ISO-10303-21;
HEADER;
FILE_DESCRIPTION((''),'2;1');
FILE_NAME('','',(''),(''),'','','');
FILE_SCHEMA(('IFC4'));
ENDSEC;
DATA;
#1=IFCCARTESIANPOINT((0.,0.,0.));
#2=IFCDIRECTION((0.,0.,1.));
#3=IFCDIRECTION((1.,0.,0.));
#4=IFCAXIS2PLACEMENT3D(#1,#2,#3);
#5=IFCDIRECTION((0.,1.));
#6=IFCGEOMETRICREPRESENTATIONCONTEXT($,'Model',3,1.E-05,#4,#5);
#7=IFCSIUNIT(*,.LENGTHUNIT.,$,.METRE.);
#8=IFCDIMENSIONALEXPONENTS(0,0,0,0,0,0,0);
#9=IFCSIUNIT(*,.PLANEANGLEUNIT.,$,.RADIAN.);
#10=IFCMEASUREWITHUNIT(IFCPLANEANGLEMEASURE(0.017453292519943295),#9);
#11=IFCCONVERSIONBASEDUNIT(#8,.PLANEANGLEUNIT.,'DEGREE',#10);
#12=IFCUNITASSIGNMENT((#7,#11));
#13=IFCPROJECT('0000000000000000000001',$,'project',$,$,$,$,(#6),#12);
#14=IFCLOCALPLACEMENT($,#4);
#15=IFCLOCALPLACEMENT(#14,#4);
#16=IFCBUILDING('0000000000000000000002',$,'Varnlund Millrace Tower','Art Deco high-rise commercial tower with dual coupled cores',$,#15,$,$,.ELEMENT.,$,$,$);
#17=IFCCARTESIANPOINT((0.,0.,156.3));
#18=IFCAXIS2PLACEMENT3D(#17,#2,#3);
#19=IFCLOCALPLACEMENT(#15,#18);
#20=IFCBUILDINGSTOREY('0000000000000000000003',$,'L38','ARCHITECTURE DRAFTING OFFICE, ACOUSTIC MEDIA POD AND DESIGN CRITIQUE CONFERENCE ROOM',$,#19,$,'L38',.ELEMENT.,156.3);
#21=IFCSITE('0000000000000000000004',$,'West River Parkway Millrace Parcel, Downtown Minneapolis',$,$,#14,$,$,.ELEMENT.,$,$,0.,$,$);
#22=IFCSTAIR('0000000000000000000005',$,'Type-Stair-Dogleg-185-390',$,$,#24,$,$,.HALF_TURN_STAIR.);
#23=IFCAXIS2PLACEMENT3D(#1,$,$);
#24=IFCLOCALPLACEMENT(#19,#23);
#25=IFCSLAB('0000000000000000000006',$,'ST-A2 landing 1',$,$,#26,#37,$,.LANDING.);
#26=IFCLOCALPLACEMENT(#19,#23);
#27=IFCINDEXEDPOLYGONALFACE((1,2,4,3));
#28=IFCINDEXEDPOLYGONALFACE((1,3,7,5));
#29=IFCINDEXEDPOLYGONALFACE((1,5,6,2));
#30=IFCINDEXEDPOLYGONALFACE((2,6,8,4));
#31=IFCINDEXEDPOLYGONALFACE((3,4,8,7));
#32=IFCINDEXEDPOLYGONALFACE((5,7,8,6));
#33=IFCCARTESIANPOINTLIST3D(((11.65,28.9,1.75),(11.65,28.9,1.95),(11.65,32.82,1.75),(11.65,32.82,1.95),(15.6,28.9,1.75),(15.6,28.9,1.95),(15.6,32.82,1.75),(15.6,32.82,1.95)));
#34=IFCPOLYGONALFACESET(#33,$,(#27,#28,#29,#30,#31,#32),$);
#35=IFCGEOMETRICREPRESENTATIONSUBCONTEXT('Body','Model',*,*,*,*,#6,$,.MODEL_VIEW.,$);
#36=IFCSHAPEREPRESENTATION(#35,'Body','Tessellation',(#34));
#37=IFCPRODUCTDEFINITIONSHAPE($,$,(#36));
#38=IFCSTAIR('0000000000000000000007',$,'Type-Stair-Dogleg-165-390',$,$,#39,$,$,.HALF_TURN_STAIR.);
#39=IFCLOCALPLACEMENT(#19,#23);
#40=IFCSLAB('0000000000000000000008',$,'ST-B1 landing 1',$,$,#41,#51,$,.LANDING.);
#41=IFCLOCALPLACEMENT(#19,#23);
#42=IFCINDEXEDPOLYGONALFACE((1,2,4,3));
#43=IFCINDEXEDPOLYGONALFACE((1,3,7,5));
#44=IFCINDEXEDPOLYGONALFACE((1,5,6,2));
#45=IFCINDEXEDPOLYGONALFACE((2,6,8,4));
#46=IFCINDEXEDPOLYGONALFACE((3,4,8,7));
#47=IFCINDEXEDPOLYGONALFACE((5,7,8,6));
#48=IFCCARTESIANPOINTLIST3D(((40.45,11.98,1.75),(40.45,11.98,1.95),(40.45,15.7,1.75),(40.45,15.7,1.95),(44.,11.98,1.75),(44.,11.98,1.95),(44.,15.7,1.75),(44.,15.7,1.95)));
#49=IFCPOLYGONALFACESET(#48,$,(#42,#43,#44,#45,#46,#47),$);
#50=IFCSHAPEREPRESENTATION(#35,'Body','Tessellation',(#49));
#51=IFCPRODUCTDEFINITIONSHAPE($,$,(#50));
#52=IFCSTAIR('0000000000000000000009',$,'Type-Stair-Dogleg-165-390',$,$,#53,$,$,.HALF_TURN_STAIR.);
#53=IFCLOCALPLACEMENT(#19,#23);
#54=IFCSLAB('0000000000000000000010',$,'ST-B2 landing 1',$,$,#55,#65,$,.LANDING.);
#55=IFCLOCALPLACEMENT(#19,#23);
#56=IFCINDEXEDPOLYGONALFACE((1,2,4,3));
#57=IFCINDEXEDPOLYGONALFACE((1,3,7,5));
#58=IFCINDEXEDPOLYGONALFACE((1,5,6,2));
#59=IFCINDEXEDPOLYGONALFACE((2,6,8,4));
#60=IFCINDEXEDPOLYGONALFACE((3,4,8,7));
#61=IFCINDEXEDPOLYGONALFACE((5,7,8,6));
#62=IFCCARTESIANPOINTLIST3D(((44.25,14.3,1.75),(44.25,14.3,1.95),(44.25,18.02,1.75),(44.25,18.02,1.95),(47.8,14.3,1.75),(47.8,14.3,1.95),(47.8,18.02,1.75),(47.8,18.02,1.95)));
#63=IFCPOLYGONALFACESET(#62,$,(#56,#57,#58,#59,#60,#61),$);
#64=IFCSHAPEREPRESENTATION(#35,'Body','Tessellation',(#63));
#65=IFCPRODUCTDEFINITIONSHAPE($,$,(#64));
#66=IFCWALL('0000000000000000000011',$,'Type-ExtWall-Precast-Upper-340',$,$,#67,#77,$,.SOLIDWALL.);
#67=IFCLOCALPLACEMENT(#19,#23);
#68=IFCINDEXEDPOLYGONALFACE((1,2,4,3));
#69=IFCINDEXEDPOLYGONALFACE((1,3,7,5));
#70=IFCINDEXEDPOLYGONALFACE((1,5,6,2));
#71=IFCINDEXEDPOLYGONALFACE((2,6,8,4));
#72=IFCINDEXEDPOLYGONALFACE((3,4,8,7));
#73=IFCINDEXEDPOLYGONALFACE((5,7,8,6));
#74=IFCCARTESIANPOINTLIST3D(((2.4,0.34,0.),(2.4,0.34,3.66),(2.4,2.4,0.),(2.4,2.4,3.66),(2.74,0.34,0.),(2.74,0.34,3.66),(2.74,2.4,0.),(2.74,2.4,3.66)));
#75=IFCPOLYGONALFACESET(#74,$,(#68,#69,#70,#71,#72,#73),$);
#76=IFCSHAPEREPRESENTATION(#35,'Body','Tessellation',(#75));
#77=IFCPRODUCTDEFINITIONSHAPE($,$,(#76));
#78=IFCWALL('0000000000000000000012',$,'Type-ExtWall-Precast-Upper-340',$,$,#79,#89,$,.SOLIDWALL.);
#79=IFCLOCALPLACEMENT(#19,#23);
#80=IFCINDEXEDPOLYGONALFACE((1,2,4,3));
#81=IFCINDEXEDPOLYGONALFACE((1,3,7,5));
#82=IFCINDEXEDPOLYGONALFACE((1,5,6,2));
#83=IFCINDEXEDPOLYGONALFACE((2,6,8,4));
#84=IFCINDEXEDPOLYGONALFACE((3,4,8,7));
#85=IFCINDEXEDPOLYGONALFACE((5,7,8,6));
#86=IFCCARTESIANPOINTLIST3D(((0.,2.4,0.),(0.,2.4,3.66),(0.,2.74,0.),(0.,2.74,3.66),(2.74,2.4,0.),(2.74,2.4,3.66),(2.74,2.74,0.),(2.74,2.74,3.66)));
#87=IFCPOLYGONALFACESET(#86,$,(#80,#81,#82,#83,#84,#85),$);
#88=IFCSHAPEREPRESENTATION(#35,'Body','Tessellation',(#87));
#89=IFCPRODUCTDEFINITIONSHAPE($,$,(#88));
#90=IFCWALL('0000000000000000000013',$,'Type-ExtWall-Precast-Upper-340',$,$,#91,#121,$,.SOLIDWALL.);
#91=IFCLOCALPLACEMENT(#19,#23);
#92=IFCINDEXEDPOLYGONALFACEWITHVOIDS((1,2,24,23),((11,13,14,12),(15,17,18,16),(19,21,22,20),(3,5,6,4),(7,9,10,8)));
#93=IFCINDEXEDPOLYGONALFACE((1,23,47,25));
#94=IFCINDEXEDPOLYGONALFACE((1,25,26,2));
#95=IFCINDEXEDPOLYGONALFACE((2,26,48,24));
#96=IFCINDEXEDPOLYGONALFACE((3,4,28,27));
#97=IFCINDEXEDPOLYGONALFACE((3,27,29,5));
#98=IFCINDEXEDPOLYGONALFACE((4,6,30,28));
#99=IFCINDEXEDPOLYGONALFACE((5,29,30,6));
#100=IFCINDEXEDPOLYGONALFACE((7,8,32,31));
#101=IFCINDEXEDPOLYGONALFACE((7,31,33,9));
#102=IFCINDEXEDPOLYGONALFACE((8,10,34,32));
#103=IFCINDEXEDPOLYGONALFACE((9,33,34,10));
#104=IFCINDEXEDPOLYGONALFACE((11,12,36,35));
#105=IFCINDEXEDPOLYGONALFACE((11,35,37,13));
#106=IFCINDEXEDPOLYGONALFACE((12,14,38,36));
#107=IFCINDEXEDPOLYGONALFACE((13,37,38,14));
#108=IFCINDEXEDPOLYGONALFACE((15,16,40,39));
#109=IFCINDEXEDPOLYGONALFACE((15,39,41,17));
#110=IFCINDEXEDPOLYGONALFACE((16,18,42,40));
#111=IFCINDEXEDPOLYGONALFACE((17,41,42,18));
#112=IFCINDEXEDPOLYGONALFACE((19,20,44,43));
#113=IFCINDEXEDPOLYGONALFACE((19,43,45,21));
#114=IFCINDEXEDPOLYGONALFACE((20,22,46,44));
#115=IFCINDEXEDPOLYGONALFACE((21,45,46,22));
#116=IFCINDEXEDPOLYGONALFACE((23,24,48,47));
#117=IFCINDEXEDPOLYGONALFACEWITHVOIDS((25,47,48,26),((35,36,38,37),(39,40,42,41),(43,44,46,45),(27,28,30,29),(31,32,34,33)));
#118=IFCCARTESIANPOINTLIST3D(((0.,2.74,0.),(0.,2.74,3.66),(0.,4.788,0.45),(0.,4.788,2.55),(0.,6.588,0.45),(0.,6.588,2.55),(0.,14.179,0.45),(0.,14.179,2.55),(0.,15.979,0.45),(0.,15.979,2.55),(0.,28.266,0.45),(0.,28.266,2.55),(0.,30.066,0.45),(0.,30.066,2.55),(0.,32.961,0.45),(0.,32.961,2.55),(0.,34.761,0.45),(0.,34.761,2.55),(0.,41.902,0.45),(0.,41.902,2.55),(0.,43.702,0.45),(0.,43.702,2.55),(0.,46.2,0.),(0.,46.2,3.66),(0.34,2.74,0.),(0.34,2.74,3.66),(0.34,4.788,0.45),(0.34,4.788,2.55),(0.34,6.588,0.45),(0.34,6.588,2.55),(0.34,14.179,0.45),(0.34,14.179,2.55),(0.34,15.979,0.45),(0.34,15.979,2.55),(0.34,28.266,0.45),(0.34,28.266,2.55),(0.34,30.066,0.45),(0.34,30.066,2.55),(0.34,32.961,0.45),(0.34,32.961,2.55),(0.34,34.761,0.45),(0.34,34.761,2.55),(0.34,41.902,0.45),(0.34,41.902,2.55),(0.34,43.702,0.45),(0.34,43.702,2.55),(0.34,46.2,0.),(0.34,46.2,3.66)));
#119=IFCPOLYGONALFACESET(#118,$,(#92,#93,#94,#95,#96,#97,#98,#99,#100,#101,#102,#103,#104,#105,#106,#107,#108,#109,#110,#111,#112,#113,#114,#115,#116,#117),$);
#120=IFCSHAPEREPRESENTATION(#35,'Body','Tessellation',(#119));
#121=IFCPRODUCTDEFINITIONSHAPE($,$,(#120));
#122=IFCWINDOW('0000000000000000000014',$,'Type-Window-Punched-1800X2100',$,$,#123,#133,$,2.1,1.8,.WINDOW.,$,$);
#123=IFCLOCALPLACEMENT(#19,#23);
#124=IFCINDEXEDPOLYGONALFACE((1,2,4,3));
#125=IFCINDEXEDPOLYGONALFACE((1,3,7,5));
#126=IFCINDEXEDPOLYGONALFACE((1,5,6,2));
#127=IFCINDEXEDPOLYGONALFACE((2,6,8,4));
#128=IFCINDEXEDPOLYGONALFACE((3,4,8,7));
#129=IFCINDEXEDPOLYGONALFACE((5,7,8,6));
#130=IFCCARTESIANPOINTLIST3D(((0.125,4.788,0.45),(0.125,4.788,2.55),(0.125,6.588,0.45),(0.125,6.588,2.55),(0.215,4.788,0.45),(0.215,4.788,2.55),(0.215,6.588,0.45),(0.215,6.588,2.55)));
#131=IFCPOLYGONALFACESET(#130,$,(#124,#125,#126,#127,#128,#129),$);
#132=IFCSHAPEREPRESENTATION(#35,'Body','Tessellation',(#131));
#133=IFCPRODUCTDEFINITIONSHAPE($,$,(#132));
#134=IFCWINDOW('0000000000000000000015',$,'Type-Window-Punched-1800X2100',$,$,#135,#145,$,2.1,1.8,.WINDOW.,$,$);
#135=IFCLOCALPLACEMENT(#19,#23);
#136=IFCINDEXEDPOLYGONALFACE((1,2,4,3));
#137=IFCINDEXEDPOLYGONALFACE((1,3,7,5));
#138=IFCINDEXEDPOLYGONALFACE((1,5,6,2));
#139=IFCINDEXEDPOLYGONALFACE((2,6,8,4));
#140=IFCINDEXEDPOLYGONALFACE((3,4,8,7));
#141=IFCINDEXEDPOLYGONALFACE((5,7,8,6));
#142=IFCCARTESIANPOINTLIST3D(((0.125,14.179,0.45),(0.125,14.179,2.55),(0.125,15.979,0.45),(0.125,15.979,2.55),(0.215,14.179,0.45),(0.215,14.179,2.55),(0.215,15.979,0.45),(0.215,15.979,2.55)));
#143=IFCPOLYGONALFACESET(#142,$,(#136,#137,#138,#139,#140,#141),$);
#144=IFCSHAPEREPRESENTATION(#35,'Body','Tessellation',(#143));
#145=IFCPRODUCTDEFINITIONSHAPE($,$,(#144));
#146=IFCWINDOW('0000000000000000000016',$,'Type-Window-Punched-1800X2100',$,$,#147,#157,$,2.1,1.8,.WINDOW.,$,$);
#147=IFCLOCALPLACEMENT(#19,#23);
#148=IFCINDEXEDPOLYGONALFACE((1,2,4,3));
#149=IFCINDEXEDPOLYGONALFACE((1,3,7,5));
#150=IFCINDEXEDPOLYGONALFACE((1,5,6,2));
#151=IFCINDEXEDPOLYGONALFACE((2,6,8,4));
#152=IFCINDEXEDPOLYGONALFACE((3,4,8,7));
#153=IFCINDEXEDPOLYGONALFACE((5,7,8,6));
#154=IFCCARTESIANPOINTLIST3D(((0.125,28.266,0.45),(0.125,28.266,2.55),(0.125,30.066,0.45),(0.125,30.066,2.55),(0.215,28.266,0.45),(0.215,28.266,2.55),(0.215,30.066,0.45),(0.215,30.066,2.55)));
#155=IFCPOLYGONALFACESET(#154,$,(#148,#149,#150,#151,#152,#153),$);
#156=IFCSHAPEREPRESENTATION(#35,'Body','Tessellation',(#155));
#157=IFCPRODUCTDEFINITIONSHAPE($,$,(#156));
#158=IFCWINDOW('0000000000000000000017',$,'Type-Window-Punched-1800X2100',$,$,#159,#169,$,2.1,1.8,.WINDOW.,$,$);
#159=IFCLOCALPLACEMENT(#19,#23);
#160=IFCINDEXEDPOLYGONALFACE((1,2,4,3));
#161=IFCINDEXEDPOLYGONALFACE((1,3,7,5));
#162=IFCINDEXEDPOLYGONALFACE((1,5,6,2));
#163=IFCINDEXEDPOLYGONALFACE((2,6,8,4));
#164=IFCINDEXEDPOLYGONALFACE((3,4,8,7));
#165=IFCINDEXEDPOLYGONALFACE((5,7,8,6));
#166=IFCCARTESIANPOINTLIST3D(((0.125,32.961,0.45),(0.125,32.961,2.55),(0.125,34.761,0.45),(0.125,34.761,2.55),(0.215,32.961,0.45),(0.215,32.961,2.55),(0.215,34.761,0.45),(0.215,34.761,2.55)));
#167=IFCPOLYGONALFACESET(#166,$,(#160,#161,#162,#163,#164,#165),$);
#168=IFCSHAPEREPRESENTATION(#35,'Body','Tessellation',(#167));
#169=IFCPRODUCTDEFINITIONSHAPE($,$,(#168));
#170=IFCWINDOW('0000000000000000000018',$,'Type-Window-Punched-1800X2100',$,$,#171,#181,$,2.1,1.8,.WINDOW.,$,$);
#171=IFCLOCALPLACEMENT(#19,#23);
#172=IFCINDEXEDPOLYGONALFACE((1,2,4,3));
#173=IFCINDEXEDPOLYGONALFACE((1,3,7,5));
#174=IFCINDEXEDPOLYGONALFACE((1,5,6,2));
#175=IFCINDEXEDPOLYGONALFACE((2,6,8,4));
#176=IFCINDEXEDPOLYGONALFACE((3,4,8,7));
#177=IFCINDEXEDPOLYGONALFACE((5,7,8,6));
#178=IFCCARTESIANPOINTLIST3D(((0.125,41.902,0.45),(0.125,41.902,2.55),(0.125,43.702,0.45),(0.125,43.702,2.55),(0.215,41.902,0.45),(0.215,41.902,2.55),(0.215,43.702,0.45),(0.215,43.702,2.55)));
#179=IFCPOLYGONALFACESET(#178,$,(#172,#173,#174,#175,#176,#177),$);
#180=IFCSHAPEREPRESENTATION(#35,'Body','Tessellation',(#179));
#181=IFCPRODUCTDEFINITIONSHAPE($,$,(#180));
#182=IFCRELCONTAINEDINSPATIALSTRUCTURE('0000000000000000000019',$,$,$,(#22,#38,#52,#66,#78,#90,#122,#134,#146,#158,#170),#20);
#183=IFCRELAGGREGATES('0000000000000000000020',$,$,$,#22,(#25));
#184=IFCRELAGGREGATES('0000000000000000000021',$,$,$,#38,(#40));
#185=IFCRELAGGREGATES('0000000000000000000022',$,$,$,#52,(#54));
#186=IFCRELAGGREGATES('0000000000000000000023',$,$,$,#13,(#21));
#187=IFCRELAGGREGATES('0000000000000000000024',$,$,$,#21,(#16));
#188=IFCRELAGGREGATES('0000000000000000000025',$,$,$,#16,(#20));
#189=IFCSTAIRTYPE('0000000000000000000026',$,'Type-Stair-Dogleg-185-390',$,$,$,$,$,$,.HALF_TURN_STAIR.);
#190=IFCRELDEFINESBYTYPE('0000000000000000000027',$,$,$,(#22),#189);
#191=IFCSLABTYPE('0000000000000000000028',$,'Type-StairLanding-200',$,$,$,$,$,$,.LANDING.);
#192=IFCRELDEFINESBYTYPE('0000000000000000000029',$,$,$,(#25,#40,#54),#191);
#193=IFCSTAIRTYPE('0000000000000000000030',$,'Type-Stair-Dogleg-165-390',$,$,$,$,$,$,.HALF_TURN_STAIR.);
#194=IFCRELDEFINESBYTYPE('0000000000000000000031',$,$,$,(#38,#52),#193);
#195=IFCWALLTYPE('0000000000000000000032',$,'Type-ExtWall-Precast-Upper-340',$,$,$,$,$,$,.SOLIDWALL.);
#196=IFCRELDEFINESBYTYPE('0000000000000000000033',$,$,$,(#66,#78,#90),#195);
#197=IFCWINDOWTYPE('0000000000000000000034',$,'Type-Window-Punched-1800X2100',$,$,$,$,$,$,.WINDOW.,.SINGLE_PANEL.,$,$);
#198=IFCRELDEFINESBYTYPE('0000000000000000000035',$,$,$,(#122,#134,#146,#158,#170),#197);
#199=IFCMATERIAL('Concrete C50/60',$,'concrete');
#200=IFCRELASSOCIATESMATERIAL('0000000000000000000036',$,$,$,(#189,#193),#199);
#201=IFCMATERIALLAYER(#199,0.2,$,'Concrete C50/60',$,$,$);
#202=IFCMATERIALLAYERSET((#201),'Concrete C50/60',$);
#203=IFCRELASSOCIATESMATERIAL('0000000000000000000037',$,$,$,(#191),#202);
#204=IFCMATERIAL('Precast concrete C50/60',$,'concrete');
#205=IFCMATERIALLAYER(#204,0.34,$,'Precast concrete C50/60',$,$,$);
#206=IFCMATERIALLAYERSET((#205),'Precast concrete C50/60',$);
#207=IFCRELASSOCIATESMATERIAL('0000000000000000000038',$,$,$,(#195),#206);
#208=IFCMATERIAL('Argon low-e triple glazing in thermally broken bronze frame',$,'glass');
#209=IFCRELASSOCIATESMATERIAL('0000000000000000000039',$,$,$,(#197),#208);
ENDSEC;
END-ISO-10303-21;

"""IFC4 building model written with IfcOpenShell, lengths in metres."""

from ifc_helpers import new_model, entity, si_unit, converted_unit, direction, frame, origin_with_axes, origin_2d_with_axis, place, context, subcontext, project, spatial, polyline, rectangle, outline, extrude, material, layer, layer_set, type_object, element, fill, aggregate, save


model = new_model("IFC4")

# Units and contexts
model_context = context("Model", 3, precision=1e-05, world=origin_with_axes(), true_north=direction((0.0, 1.0)))
body_context = subcontext(model_context, "Body", "Model", "MODEL_VIEW")
ifc_project = project(units=[si_unit("LENGTHUNIT", "METRE"), converted_unit("PLANEANGLEUNIT", "DEGREE", entity("IfcPlaneAngleMeasure", 0.017453292519943295), si_unit("PLANEANGLEUNIT", "RADIAN"), dimensions=[0, 0, 0, 0, 0, 0, 0])], contexts=[model_context])

# Site, building, storey
site_placement = place(None, origin_with_axes())
site = spatial("IfcSite", under=ifc_project, at=site_placement, Name="West River Parkway Millrace Parcel, Downtown Minneapolis", CompositionType="ELEMENT", RefElevation=0.0)
building_placement = place(site_placement, origin_with_axes())
building = spatial("IfcBuilding", under=site, at=building_placement, Name="Varnlund Millrace Tower", Description="Art Deco high-rise commercial tower with dual coupled cores", CompositionType="ELEMENT")
storey_placement = place(building_placement, frame((0.0, 0.0, 156.3), z_axis=(0.0, 0.0, 1.0), x_axis=(1.0, 0.0, 0.0)))
storey = spatial("IfcBuildingStorey", under=building, at=storey_placement, Name="L38", Description="ARCHITECTURE DRAFTING OFFICE, ACOUSTIC MEDIA POD AND DESIGN CRITIQUE CONFERENCE ROOM", LongName="L38", CompositionType="ELEMENT", Elevation=156.3)

# Stairs, slabs
ifc_material_1 = material(Name="Concrete C50/60", Category="concrete")
stair_type_1 = type_object("IfcStairType", Name="Type-Stair-Dogleg-185-390", PredefinedType="HALF_TURN_STAIR", material=ifc_material_1)
ifc_layer_1 = layer(ifc_material_1, 0.2, Name="Concrete C50/60")
ifc_layer_set_1 = layer_set([ifc_layer_1], Name="Concrete C50/60")
slab_type = type_object("IfcSlabType", Name="Type-StairLanding-200", PredefinedType="LANDING", material=ifc_layer_set_1)
stair_1_placement = place(storey_placement, origin_with_axes())
stair_1 = element("IfcStair", 1, at=stair_1_placement, inside=storey, type_object=stair_type_1, Name="Type-Stair-Dogleg-185-390", PredefinedType="HALF_TURN_STAIR")
slab_1_placement = place(storey_placement, frame((0.0, 0.0, 1.75), z_axis=(0.0, 0.0, 1.0), x_axis=(1.0, 0.0, 0.0)))
slab_1 = element("IfcSlab", 2, at=slab_1_placement, type_object=slab_type, Name="ST-A2 landing 1", PredefinedType="LANDING", context=body_context, shape_type="SweptSolid", body=[
    extrude(outline(polyline([(11.65, 32.82), (11.65, 28.9), (15.6, 28.9), (15.6, 32.82), (11.65, 32.82)])), origin_with_axes(), (0.0, 0.0, 1.0), 0.2),
])
aggregate(stair_1, [slab_1])
stair_type_2 = type_object("IfcStairType", Name="Type-Stair-Dogleg-165-390", PredefinedType="HALF_TURN_STAIR", material=ifc_material_1)
stair_2_placement = place(storey_placement, origin_with_axes())
stair_2 = element("IfcStair", 3, at=stair_2_placement, inside=storey, type_object=stair_type_2, Name="Type-Stair-Dogleg-165-390", PredefinedType="HALF_TURN_STAIR")
slab_2_placement = place(storey_placement, frame((0.0, 0.0, 1.75), z_axis=(0.0, 0.0, 1.0), x_axis=(1.0, 0.0, 0.0)))
slab_2 = element("IfcSlab", 4, at=slab_2_placement, type_object=slab_type, Name="ST-B1 landing 1", PredefinedType="LANDING", context=body_context, shape_type="SweptSolid", body=[
    extrude(outline(polyline([(44.0, 11.98), (44.0, 15.7), (40.45, 15.7), (40.45, 11.98), (44.0, 11.98)])), origin_with_axes(), (0.0, 0.0, 1.0), 0.2),
])
aggregate(stair_2, [slab_2])
stair_3_placement = place(storey_placement, origin_with_axes())
stair_3 = element("IfcStair", 5, at=stair_3_placement, inside=storey, type_object=stair_type_2, Name="Type-Stair-Dogleg-165-390", PredefinedType="HALF_TURN_STAIR")
slab_3_placement = place(storey_placement, frame((0.0, 0.0, 1.75), z_axis=(0.0, 0.0, 1.0), x_axis=(1.0, 0.0, 0.0)))
slab_3 = element("IfcSlab", 6, at=slab_3_placement, type_object=slab_type, Name="ST-B2 landing 1", PredefinedType="LANDING", context=body_context, shape_type="SweptSolid", body=[
    extrude(outline(polyline([(44.25, 18.02), (44.25, 14.3), (47.8, 14.3), (47.8, 18.02), (44.25, 18.02)])), origin_with_axes(), (0.0, 0.0, 1.0), 0.2),
])
aggregate(stair_3, [slab_3])

# Walls
ifc_material_2 = material(Name="Precast concrete C50/60", Category="concrete")
ifc_layer_2 = layer(ifc_material_2, 0.34, Name="Precast concrete C50/60")
ifc_layer_set_2 = layer_set([ifc_layer_2], Name="Precast concrete C50/60")
wall_type = type_object("IfcWallType", Name="Type-ExtWall-Precast-Upper-340", PredefinedType="SOLIDWALL", material=ifc_layer_set_2)
wall_1_placement = place(storey_placement, frame((2.57, 0.34, 0.0), z_axis=(0.0, 0.0, 1.0), x_axis=(0.0, 1.0, 0.0)))
element("IfcWall", 7, at=wall_1_placement, inside=storey, type_object=wall_type, Name="Type-ExtWall-Precast-Upper-340", PredefinedType="SOLIDWALL", context=body_context, shape_type="SweptSolid", body=[
    extrude(outline(polyline([(0.0, -0.17), (2.06, -0.17), (2.06, 0.17), (0.0, 0.17), (0.0, -0.17)])), origin_with_axes(), (0.0, 0.0, 1.0), 3.66),
])
wall_2_placement = place(storey_placement, frame((2.74, 2.57, 0.0), z_axis=(0.0, 0.0, 1.0), x_axis=(-1.0, 0.0, 0.0)))
element("IfcWall", 8, at=wall_2_placement, inside=storey, type_object=wall_type, Name="Type-ExtWall-Precast-Upper-340", PredefinedType="SOLIDWALL", context=body_context, shape_type="SweptSolid", body=[
    extrude(outline(polyline([(0.0, -0.17), (2.74, -0.17), (2.74, 0.17), (0.0, 0.17), (0.0, -0.17)])), origin_with_axes(), (0.0, 0.0, 1.0), 3.66),
])

# Wall, openings, windows
wall_3_placement = place(storey_placement, frame((0.17, 2.74, 0.0), z_axis=(0.0, 0.0, 1.0), x_axis=(0.0, 1.0, 0.0)))
wall_3 = element("IfcWall", 9, at=wall_3_placement, inside=storey, type_object=wall_type, Name="Type-ExtWall-Precast-Upper-340", PredefinedType="SOLIDWALL", context=body_context, shape_type="SweptSolid", body=[
    extrude(outline(polyline([(0.0, -0.17), (43.46, -0.17), (43.46, 0.17), (0.0, 0.17), (0.0, -0.17)])), origin_with_axes(), (0.0, 0.0, 1.0), 3.66),
])
opening_1_placement = place(wall_3_placement, frame((2.948, 0.0, 0.45), z_axis=(0.0, 0.0, 1.0), x_axis=(1.0, 0.0, 0.0)))
opening_1 = element("IfcOpeningElement", 10, at=opening_1_placement, cuts=wall_3, PredefinedType="OPENING", context=body_context, shape_type="SweptSolid", body=[
    extrude(rectangle(XDim=1.8, YDim=0.36, at=origin_2d_with_axis()), origin_with_axes(), (0.0, 0.0, 1.0), 2.1),
])
opening_2_placement = place(wall_3_placement, frame((12.339, 0.0, 0.45), z_axis=(0.0, 0.0, 1.0), x_axis=(1.0, 0.0, 0.0)))
opening_2 = element("IfcOpeningElement", 11, at=opening_2_placement, cuts=wall_3, PredefinedType="OPENING", context=body_context, shape_type="SweptSolid", body=[
    extrude(rectangle(XDim=1.8, YDim=0.36, at=origin_2d_with_axis()), origin_with_axes(), (0.0, 0.0, 1.0), 2.1),
])
opening_3_placement = place(wall_3_placement, frame((26.426, 0.0, 0.45), z_axis=(0.0, 0.0, 1.0), x_axis=(1.0, 0.0, 0.0)))
opening_3 = element("IfcOpeningElement", 12, at=opening_3_placement, cuts=wall_3, PredefinedType="OPENING", context=body_context, shape_type="SweptSolid", body=[
    extrude(rectangle(XDim=1.8, YDim=0.36, at=origin_2d_with_axis()), origin_with_axes(), (0.0, 0.0, 1.0), 2.1),
])
opening_4_placement = place(wall_3_placement, frame((31.121, 0.0, 0.45), z_axis=(0.0, 0.0, 1.0), x_axis=(1.0, 0.0, 0.0)))
opening_4 = element("IfcOpeningElement", 13, at=opening_4_placement, cuts=wall_3, PredefinedType="OPENING", context=body_context, shape_type="SweptSolid", body=[
    extrude(rectangle(XDim=1.8, YDim=0.36, at=origin_2d_with_axis()), origin_with_axes(), (0.0, 0.0, 1.0), 2.1),
])
opening_5_placement = place(wall_3_placement, frame((40.062, 0.0, 0.45), z_axis=(0.0, 0.0, 1.0), x_axis=(1.0, 0.0, 0.0)))
opening_5 = element("IfcOpeningElement", 14, at=opening_5_placement, cuts=wall_3, PredefinedType="OPENING", context=body_context, shape_type="SweptSolid", body=[
    extrude(rectangle(XDim=1.8, YDim=0.36, at=origin_2d_with_axis()), origin_with_axes(), (0.0, 0.0, 1.0), 2.1),
])
ifc_material_3 = material(Name="Argon low-e triple glazing in thermally broken bronze frame", Category="glass")
window_type = type_object("IfcWindowType", Name="Type-Window-Punched-1800X2100", PartitioningType="SINGLE_PANEL", PredefinedType="WINDOW", material=ifc_material_3)
window_1_placement = place(wall_3_placement, frame((2.948, 0.0, 0.45), z_axis=(0.0, 0.0, 1.0), x_axis=(1.0, 0.0, 0.0)))
window_1 = element("IfcWindow", 15, at=window_1_placement, inside=storey, type_object=window_type, Name="Type-Window-Punched-1800X2100", OverallHeight=2.1, OverallWidth=1.8, PredefinedType="WINDOW", context=body_context, shape_type="SweptSolid", body=[
    extrude(rectangle(XDim=1.8, YDim=0.09, at=origin_2d_with_axis()), origin_with_axes(), (0.0, 0.0, 1.0), 2.1),
])
fill(opening_1, window_1)
window_2_placement = place(wall_3_placement, frame((12.339, 0.0, 0.45), z_axis=(0.0, 0.0, 1.0), x_axis=(1.0, 0.0, 0.0)))
window_2 = element("IfcWindow", 16, at=window_2_placement, inside=storey, type_object=window_type, Name="Type-Window-Punched-1800X2100", OverallHeight=2.1, OverallWidth=1.8, PredefinedType="WINDOW", context=body_context, shape_type="SweptSolid", body=[
    extrude(rectangle(XDim=1.8, YDim=0.09, at=origin_2d_with_axis()), origin_with_axes(), (0.0, 0.0, 1.0), 2.1),
])
fill(opening_2, window_2)
window_3_placement = place(wall_3_placement, frame((26.426, 0.0, 0.45), z_axis=(0.0, 0.0, 1.0), x_axis=(1.0, 0.0, 0.0)))
window_3 = element("IfcWindow", 17, at=window_3_placement, inside=storey, type_object=window_type, Name="Type-Window-Punched-1800X2100", OverallHeight=2.1, OverallWidth=1.8, PredefinedType="WINDOW", context=body_context, shape_type="SweptSolid", body=[
    extrude(rectangle(XDim=1.8, YDim=0.09, at=origin_2d_with_axis()), origin_with_axes(), (0.0, 0.0, 1.0), 2.1),
])
fill(opening_3, window_3)
window_4_placement = place(wall_3_placement, frame((31.121, 0.0, 0.45), z_axis=(0.0, 0.0, 1.0), x_axis=(1.0, 0.0, 0.0)))
window_4 = element("IfcWindow", 18, at=window_4_placement, inside=storey, type_object=window_type, Name="Type-Window-Punched-1800X2100", OverallHeight=2.1, OverallWidth=1.8, PredefinedType="WINDOW", context=body_context, shape_type="SweptSolid", body=[
    extrude(rectangle(XDim=1.8, YDim=0.09, at=origin_2d_with_axis()), origin_with_axes(), (0.0, 0.0, 1.0), 2.1),
])
fill(opening_4, window_4)
window_5_placement = place(wall_3_placement, frame((40.062, 0.0, 0.45), z_axis=(0.0, 0.0, 1.0), x_axis=(1.0, 0.0, 0.0)))
window_5 = element("IfcWindow", 19, at=window_5_placement, inside=storey, type_object=window_type, Name="Type-Window-Punched-1800X2100", OverallHeight=2.1, OverallWidth=1.8, PredefinedType="WINDOW", context=body_context, shape_type="SweptSolid", body=[
    extrude(rectangle(XDim=1.8, YDim=0.09, at=origin_2d_with_axis()), origin_with_axes(), (0.0, 0.0, 1.0), 2.1),
])
fill(opening_5, window_5)

save(model, "model.ifc")
